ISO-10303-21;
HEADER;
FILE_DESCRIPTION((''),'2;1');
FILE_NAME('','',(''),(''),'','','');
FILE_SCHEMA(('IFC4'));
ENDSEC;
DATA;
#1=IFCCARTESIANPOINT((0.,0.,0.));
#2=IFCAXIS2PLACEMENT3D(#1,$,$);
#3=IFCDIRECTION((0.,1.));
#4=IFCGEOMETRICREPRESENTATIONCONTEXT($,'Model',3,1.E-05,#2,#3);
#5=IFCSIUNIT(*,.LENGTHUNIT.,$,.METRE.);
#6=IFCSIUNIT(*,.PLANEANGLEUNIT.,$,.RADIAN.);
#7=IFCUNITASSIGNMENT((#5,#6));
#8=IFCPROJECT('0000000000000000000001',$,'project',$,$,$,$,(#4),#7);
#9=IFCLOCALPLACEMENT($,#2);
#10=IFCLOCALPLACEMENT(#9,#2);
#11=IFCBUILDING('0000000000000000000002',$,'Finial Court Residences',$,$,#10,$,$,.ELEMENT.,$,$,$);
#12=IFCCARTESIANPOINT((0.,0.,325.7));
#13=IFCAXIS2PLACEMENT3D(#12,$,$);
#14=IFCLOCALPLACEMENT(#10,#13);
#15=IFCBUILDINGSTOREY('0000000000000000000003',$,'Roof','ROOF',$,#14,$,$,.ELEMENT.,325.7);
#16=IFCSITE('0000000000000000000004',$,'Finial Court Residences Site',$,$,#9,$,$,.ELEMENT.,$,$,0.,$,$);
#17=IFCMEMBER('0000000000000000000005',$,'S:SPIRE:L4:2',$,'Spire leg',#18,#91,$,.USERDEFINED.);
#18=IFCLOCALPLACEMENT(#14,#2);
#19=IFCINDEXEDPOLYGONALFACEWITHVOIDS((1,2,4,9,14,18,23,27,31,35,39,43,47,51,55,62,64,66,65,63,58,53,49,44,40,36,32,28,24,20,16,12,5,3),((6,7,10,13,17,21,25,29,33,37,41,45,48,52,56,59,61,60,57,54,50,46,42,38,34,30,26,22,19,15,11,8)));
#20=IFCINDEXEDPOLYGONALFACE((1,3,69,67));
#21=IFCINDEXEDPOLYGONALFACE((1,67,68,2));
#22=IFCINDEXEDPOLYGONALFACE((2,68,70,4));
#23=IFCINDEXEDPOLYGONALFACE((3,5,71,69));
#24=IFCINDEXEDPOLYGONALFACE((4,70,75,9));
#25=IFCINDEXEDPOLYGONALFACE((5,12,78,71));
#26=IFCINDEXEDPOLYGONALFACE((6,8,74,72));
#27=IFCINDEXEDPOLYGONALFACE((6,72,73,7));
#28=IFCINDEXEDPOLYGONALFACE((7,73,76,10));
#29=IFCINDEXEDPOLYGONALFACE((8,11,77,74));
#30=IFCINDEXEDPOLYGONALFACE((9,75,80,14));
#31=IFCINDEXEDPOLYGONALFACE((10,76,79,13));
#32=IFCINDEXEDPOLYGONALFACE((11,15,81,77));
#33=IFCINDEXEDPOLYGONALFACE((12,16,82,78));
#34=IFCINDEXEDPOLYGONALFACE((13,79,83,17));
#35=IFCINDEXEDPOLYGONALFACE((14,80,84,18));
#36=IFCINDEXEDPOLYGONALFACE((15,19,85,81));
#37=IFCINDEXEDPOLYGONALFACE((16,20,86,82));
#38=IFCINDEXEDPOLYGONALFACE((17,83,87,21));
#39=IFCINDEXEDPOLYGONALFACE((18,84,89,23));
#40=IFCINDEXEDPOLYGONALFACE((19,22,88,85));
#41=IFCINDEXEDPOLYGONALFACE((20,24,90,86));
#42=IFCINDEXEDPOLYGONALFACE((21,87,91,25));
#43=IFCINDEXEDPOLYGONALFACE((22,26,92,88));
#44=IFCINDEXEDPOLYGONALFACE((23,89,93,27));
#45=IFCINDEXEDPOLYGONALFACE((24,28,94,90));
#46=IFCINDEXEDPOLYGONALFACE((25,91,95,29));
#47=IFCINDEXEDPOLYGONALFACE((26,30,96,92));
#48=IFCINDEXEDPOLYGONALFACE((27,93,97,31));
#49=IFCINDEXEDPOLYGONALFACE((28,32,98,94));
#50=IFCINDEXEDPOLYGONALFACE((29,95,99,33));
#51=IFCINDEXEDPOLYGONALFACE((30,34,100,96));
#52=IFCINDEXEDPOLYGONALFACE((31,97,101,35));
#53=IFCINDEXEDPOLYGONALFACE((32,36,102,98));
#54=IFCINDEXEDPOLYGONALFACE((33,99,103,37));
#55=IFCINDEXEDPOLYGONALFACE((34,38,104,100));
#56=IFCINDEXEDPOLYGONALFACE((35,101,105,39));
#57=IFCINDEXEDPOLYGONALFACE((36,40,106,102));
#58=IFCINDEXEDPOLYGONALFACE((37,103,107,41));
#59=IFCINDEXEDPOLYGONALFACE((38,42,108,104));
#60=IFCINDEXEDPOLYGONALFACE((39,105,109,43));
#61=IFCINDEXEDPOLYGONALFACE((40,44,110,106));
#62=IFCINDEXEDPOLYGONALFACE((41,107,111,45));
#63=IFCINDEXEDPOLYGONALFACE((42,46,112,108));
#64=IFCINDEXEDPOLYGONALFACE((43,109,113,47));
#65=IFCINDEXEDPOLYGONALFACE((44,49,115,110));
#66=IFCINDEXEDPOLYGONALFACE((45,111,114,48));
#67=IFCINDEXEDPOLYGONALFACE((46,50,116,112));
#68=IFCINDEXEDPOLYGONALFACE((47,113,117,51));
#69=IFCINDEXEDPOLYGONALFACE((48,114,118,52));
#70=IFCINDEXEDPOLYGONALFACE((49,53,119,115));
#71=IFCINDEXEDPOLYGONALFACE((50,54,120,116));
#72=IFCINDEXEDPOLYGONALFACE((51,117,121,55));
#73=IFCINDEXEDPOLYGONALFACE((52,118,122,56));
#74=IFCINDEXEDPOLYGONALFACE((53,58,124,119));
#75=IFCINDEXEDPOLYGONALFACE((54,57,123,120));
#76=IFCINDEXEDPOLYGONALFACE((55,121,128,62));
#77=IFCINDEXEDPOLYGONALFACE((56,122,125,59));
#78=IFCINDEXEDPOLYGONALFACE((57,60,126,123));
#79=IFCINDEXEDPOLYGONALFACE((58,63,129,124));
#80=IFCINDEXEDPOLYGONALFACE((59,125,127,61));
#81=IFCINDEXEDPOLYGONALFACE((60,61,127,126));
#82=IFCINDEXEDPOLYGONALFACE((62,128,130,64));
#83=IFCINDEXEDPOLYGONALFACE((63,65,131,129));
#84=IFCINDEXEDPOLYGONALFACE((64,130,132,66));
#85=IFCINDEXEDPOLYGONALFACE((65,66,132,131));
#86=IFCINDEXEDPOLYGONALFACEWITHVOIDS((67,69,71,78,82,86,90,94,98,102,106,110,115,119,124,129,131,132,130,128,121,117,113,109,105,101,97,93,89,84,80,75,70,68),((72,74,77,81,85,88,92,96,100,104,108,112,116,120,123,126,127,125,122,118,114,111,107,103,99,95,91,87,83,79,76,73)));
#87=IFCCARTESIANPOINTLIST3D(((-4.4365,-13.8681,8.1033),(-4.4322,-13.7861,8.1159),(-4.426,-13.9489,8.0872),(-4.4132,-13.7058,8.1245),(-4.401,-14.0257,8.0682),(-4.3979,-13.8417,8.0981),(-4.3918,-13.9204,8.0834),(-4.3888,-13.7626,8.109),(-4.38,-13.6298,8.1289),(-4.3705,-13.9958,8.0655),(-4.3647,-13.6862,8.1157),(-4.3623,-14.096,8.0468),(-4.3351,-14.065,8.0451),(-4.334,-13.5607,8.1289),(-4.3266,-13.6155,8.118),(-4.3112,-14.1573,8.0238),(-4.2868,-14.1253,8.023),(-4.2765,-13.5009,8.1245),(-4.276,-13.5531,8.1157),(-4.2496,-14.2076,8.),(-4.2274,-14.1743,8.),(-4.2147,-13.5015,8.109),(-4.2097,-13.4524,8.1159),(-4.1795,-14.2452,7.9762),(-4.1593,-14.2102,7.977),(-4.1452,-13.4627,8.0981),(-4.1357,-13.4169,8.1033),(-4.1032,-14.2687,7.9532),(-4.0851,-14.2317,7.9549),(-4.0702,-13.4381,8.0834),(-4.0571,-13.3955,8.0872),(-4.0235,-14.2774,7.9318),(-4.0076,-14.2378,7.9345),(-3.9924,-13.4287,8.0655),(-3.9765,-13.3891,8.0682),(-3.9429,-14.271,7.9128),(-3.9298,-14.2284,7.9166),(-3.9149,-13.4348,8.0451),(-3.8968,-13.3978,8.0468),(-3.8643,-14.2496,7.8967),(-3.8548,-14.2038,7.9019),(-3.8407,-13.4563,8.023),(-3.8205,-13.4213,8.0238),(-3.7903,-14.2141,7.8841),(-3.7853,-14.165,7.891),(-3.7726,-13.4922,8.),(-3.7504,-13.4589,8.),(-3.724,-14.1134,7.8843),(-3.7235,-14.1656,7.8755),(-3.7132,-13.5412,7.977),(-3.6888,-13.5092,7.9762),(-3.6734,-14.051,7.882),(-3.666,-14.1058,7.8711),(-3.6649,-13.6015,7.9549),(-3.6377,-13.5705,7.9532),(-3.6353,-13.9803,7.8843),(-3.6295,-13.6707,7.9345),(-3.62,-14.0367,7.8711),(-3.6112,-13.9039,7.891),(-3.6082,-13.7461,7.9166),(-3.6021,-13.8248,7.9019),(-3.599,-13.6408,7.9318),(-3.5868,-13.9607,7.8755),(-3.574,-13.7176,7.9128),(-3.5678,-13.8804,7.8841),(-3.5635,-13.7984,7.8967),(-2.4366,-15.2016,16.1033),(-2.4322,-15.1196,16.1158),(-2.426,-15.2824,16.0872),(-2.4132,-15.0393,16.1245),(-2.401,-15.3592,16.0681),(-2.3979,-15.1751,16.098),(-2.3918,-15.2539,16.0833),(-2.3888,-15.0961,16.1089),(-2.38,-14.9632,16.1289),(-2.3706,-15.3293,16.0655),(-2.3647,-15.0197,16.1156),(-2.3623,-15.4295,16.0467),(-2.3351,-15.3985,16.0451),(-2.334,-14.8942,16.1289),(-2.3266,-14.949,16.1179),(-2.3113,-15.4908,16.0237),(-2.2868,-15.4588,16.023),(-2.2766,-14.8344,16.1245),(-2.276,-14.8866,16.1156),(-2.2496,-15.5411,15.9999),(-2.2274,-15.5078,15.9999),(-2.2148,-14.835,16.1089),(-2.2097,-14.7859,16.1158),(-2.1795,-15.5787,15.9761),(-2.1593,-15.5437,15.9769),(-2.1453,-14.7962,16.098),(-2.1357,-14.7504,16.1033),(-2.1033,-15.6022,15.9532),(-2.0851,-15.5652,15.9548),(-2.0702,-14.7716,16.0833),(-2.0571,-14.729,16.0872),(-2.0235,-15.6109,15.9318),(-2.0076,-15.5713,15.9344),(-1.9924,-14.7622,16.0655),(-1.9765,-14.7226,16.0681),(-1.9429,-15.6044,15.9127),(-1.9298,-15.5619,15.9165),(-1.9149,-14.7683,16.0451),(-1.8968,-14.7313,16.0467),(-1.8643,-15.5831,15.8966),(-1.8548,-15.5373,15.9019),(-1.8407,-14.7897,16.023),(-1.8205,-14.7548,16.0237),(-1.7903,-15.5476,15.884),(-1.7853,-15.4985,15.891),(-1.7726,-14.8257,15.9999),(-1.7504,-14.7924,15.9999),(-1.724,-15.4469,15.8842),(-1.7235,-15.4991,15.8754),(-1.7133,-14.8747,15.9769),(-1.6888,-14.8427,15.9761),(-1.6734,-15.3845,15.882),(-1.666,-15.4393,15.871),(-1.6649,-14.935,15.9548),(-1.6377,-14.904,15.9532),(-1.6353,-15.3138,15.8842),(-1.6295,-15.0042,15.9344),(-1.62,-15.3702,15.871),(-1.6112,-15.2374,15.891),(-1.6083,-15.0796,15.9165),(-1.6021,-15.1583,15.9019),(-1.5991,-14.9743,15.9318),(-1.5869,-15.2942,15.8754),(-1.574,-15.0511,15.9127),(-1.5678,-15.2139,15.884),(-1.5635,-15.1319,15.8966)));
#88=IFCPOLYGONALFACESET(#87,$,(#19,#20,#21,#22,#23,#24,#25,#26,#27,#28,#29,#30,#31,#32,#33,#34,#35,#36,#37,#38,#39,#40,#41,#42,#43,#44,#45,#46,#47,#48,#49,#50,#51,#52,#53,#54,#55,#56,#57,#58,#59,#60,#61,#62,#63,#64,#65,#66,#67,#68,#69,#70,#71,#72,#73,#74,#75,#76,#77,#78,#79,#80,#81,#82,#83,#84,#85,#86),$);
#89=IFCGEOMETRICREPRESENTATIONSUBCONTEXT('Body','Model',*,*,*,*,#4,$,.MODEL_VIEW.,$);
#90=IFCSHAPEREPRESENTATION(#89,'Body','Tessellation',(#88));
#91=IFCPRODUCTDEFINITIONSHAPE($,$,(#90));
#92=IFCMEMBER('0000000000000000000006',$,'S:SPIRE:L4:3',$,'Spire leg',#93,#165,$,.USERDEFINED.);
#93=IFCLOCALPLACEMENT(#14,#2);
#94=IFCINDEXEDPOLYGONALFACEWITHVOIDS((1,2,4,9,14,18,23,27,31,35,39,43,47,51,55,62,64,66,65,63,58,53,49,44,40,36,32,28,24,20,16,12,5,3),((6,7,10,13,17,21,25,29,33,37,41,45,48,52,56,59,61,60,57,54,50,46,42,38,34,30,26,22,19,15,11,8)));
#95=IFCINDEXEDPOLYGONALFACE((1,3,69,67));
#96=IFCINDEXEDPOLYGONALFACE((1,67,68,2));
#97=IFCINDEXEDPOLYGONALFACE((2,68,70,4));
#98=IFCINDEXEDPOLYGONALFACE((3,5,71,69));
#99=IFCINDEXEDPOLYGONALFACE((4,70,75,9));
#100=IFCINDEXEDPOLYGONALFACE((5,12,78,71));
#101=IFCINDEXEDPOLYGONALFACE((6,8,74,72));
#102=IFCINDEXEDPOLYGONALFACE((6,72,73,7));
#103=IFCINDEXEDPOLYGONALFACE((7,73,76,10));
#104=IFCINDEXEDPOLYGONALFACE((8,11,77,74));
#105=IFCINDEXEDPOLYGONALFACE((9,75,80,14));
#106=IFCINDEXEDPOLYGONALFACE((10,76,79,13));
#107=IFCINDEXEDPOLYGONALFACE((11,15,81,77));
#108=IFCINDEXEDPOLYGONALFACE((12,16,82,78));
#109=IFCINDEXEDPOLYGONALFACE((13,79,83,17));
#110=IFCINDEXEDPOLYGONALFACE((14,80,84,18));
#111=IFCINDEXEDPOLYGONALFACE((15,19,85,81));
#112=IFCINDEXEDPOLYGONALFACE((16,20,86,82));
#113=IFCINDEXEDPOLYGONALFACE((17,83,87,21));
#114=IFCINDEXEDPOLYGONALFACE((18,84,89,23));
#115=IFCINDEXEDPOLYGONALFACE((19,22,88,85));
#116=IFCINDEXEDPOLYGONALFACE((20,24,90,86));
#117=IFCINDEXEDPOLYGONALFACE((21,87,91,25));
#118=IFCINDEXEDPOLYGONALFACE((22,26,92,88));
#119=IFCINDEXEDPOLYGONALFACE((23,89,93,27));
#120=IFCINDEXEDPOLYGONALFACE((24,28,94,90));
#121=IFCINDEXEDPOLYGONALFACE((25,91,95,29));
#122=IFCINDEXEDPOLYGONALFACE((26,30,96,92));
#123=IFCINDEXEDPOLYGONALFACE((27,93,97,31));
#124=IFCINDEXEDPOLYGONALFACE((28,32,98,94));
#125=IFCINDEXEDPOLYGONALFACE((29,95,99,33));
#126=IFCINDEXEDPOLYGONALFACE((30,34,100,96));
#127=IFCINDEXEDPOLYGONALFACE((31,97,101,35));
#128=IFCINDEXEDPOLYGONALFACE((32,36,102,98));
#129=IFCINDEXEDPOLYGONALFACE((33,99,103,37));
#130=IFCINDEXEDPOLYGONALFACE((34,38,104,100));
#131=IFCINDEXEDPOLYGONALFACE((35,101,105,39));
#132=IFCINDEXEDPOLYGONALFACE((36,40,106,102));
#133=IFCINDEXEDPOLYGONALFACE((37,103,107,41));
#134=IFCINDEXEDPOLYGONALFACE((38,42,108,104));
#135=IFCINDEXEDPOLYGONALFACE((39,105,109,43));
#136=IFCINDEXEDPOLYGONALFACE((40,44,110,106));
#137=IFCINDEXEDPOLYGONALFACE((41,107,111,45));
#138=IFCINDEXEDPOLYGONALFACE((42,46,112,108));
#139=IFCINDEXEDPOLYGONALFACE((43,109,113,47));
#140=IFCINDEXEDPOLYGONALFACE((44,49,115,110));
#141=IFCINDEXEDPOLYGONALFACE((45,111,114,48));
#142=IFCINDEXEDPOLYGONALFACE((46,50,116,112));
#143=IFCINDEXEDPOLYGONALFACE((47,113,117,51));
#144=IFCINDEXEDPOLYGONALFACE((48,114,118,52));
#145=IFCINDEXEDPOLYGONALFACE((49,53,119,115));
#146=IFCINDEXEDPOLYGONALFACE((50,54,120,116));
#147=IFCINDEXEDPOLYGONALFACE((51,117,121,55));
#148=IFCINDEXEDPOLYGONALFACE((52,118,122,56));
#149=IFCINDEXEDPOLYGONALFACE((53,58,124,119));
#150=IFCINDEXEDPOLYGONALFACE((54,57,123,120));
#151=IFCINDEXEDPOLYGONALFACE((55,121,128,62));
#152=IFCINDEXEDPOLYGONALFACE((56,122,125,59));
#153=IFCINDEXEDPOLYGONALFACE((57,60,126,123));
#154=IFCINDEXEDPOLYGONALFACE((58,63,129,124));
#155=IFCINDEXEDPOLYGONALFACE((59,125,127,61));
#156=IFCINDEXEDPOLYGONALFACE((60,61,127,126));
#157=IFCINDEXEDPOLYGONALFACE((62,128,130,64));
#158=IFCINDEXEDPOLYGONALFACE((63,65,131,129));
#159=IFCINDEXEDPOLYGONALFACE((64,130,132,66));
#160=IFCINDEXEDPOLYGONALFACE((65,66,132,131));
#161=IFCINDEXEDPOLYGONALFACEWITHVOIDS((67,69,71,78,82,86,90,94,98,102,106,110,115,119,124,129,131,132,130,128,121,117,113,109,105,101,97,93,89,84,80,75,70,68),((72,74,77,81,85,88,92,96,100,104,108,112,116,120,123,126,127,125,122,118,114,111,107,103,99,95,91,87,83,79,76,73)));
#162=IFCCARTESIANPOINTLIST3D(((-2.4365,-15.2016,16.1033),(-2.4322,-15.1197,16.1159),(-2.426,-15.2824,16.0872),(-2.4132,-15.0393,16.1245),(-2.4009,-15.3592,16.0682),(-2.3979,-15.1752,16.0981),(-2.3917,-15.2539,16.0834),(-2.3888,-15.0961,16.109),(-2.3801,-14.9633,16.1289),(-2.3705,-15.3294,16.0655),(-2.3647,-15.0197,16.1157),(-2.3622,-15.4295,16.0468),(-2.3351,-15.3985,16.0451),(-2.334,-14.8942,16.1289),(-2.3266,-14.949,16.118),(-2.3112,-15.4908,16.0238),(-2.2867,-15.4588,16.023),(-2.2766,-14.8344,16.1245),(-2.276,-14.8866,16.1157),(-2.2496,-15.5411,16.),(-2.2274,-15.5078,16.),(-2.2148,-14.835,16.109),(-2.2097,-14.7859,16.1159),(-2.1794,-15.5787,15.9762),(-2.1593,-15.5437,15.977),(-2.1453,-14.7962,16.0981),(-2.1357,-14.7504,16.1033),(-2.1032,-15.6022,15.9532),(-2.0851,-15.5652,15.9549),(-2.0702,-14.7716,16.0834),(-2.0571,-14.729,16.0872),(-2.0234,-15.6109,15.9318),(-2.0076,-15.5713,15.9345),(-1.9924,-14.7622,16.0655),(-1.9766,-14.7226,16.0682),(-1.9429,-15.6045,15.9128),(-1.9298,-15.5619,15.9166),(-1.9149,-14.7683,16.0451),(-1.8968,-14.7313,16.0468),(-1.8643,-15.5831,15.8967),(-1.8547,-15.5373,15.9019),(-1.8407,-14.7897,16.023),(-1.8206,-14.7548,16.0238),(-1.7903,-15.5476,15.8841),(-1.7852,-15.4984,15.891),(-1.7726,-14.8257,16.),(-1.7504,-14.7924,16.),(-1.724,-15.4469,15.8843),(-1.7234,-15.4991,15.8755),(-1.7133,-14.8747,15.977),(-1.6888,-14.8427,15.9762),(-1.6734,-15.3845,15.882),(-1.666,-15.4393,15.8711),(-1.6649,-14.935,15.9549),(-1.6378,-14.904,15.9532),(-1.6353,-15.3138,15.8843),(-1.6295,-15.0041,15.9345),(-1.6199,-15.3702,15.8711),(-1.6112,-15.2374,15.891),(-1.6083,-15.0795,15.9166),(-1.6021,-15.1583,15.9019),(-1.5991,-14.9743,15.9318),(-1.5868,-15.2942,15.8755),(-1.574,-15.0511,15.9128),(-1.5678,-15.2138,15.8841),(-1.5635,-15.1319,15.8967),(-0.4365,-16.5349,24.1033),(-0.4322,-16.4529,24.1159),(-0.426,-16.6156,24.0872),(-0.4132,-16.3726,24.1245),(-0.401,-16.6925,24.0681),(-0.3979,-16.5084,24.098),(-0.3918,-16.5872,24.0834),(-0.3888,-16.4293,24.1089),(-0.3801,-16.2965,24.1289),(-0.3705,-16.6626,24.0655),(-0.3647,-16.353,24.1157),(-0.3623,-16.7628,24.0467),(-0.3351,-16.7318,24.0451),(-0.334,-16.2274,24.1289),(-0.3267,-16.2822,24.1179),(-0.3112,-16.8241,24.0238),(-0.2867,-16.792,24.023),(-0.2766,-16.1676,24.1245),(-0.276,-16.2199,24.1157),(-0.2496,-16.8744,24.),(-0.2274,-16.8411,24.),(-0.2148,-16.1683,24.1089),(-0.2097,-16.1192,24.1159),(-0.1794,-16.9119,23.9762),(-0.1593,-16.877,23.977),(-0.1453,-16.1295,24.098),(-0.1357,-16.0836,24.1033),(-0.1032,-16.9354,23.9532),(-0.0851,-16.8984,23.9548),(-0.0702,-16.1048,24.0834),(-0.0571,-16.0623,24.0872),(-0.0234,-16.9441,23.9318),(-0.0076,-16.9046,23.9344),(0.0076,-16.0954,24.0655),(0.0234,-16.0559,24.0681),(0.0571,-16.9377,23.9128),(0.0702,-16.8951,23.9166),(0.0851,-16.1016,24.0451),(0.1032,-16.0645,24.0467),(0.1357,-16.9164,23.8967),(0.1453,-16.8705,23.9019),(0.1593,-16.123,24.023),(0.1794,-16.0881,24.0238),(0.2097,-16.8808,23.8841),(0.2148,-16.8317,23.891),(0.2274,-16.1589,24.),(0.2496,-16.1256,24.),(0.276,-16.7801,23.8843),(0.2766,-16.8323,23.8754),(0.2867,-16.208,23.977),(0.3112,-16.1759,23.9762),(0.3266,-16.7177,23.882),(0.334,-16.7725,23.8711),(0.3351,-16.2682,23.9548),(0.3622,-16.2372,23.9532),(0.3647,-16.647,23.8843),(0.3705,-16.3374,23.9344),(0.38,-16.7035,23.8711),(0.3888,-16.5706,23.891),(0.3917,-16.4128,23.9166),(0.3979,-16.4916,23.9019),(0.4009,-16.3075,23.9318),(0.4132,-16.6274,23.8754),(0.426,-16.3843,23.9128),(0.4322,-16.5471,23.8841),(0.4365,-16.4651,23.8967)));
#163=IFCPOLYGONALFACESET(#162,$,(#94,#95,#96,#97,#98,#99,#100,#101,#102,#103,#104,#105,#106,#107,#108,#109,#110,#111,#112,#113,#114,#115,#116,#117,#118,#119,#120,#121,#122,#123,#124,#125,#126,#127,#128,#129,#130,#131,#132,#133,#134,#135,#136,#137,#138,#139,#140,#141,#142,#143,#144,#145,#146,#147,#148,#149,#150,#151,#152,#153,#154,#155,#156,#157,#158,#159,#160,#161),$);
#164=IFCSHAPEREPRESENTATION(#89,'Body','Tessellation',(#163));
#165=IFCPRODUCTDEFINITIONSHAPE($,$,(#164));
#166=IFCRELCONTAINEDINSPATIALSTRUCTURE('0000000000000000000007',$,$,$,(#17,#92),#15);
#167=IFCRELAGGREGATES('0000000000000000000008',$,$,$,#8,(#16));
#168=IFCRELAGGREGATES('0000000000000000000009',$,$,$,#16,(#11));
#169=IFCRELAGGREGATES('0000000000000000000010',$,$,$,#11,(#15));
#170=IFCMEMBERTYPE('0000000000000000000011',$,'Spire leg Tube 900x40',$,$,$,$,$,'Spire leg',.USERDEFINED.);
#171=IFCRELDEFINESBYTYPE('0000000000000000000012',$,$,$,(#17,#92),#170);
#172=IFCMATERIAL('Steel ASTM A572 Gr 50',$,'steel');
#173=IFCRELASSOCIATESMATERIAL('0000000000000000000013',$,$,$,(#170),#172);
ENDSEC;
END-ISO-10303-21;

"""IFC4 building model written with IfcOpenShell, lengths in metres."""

from ifc_helpers import new_model, si_unit, direction, frame, origin, origin_2d, place, context, subcontext, project, spatial, hollow_circle, extrude, material, material_profile, profile_set, type_object, element, save


model = new_model("IFC4")

# Units and contexts
model_context = context("Model", 3, precision=1e-05, world=origin(), true_north=direction((0.0, 1.0)))
body_context = subcontext(model_context, "Body", "Model", "MODEL_VIEW")
ifc_project = project(units=[si_unit("LENGTHUNIT", "METRE"), si_unit("PLANEANGLEUNIT", "RADIAN")], contexts=[model_context])

# Site, building, storey
site_placement = place(None, origin())
site = spatial("IfcSite", under=ifc_project, at=site_placement, Name="Finial Court Residences Site", CompositionType="ELEMENT", RefElevation=0.0)
building_placement = place(site_placement, origin())
building = spatial("IfcBuilding", under=site, at=building_placement, Name="Finial Court Residences", CompositionType="ELEMENT")
storey_placement = place(building_placement, frame((0.0, 0.0, 325.7)))
storey = spatial("IfcBuildingStorey", under=building, at=storey_placement, Name="Roof", Description="ROOF", CompositionType="ELEMENT", Elevation=325.7)

# Members
ifc_material = material(Name="Steel ASTM A572 Gr 50", Category="steel")
ifc_material_profile_1 = material_profile(ifc_material, hollow_circle(Radius=0.45, WallThickness=0.04, at=origin_2d()), Name="Tube 900x40")
ifc_profile_set_1 = profile_set([ifc_material_profile_1], Name="Steel ASTM A572 Gr 50")
member_type_1 = type_object("IfcMemberType", Name="Spire leg Tube 900x40", ElementType="Spire leg", PredefinedType="USERDEFINED", material=ifc_profile_set_1)
for number, where, z_axis, x_axis, name in (
    (1, (-4.0, -13.8333, 8.0), (0.239425, -0.159636, 0.957701), (0.554747, 0.832019, 0.0), "S:SPIRE:L4:2"),
    (2, (-2.0, -15.1667, 16.0), (0.239426, -0.159608, 0.957706), (0.554677, 0.832066, 0.0), "S:SPIRE:L4:3"),
):
    element("IfcMember", number, at=place(storey_placement, frame(where, z_axis=z_axis, x_axis=x_axis)), inside=storey, type_object=member_type_1, Name=name, ObjectType="Spire leg", PredefinedType="USERDEFINED", context=body_context, shape_type="SweptSolid", body=[
        extrude(hollow_circle(Radius=0.45, WallThickness=0.04, at=origin_2d()), origin(), (0.0, 0.0, 1.0), 8.3533),
    ])

save(model, "model.ifc")
